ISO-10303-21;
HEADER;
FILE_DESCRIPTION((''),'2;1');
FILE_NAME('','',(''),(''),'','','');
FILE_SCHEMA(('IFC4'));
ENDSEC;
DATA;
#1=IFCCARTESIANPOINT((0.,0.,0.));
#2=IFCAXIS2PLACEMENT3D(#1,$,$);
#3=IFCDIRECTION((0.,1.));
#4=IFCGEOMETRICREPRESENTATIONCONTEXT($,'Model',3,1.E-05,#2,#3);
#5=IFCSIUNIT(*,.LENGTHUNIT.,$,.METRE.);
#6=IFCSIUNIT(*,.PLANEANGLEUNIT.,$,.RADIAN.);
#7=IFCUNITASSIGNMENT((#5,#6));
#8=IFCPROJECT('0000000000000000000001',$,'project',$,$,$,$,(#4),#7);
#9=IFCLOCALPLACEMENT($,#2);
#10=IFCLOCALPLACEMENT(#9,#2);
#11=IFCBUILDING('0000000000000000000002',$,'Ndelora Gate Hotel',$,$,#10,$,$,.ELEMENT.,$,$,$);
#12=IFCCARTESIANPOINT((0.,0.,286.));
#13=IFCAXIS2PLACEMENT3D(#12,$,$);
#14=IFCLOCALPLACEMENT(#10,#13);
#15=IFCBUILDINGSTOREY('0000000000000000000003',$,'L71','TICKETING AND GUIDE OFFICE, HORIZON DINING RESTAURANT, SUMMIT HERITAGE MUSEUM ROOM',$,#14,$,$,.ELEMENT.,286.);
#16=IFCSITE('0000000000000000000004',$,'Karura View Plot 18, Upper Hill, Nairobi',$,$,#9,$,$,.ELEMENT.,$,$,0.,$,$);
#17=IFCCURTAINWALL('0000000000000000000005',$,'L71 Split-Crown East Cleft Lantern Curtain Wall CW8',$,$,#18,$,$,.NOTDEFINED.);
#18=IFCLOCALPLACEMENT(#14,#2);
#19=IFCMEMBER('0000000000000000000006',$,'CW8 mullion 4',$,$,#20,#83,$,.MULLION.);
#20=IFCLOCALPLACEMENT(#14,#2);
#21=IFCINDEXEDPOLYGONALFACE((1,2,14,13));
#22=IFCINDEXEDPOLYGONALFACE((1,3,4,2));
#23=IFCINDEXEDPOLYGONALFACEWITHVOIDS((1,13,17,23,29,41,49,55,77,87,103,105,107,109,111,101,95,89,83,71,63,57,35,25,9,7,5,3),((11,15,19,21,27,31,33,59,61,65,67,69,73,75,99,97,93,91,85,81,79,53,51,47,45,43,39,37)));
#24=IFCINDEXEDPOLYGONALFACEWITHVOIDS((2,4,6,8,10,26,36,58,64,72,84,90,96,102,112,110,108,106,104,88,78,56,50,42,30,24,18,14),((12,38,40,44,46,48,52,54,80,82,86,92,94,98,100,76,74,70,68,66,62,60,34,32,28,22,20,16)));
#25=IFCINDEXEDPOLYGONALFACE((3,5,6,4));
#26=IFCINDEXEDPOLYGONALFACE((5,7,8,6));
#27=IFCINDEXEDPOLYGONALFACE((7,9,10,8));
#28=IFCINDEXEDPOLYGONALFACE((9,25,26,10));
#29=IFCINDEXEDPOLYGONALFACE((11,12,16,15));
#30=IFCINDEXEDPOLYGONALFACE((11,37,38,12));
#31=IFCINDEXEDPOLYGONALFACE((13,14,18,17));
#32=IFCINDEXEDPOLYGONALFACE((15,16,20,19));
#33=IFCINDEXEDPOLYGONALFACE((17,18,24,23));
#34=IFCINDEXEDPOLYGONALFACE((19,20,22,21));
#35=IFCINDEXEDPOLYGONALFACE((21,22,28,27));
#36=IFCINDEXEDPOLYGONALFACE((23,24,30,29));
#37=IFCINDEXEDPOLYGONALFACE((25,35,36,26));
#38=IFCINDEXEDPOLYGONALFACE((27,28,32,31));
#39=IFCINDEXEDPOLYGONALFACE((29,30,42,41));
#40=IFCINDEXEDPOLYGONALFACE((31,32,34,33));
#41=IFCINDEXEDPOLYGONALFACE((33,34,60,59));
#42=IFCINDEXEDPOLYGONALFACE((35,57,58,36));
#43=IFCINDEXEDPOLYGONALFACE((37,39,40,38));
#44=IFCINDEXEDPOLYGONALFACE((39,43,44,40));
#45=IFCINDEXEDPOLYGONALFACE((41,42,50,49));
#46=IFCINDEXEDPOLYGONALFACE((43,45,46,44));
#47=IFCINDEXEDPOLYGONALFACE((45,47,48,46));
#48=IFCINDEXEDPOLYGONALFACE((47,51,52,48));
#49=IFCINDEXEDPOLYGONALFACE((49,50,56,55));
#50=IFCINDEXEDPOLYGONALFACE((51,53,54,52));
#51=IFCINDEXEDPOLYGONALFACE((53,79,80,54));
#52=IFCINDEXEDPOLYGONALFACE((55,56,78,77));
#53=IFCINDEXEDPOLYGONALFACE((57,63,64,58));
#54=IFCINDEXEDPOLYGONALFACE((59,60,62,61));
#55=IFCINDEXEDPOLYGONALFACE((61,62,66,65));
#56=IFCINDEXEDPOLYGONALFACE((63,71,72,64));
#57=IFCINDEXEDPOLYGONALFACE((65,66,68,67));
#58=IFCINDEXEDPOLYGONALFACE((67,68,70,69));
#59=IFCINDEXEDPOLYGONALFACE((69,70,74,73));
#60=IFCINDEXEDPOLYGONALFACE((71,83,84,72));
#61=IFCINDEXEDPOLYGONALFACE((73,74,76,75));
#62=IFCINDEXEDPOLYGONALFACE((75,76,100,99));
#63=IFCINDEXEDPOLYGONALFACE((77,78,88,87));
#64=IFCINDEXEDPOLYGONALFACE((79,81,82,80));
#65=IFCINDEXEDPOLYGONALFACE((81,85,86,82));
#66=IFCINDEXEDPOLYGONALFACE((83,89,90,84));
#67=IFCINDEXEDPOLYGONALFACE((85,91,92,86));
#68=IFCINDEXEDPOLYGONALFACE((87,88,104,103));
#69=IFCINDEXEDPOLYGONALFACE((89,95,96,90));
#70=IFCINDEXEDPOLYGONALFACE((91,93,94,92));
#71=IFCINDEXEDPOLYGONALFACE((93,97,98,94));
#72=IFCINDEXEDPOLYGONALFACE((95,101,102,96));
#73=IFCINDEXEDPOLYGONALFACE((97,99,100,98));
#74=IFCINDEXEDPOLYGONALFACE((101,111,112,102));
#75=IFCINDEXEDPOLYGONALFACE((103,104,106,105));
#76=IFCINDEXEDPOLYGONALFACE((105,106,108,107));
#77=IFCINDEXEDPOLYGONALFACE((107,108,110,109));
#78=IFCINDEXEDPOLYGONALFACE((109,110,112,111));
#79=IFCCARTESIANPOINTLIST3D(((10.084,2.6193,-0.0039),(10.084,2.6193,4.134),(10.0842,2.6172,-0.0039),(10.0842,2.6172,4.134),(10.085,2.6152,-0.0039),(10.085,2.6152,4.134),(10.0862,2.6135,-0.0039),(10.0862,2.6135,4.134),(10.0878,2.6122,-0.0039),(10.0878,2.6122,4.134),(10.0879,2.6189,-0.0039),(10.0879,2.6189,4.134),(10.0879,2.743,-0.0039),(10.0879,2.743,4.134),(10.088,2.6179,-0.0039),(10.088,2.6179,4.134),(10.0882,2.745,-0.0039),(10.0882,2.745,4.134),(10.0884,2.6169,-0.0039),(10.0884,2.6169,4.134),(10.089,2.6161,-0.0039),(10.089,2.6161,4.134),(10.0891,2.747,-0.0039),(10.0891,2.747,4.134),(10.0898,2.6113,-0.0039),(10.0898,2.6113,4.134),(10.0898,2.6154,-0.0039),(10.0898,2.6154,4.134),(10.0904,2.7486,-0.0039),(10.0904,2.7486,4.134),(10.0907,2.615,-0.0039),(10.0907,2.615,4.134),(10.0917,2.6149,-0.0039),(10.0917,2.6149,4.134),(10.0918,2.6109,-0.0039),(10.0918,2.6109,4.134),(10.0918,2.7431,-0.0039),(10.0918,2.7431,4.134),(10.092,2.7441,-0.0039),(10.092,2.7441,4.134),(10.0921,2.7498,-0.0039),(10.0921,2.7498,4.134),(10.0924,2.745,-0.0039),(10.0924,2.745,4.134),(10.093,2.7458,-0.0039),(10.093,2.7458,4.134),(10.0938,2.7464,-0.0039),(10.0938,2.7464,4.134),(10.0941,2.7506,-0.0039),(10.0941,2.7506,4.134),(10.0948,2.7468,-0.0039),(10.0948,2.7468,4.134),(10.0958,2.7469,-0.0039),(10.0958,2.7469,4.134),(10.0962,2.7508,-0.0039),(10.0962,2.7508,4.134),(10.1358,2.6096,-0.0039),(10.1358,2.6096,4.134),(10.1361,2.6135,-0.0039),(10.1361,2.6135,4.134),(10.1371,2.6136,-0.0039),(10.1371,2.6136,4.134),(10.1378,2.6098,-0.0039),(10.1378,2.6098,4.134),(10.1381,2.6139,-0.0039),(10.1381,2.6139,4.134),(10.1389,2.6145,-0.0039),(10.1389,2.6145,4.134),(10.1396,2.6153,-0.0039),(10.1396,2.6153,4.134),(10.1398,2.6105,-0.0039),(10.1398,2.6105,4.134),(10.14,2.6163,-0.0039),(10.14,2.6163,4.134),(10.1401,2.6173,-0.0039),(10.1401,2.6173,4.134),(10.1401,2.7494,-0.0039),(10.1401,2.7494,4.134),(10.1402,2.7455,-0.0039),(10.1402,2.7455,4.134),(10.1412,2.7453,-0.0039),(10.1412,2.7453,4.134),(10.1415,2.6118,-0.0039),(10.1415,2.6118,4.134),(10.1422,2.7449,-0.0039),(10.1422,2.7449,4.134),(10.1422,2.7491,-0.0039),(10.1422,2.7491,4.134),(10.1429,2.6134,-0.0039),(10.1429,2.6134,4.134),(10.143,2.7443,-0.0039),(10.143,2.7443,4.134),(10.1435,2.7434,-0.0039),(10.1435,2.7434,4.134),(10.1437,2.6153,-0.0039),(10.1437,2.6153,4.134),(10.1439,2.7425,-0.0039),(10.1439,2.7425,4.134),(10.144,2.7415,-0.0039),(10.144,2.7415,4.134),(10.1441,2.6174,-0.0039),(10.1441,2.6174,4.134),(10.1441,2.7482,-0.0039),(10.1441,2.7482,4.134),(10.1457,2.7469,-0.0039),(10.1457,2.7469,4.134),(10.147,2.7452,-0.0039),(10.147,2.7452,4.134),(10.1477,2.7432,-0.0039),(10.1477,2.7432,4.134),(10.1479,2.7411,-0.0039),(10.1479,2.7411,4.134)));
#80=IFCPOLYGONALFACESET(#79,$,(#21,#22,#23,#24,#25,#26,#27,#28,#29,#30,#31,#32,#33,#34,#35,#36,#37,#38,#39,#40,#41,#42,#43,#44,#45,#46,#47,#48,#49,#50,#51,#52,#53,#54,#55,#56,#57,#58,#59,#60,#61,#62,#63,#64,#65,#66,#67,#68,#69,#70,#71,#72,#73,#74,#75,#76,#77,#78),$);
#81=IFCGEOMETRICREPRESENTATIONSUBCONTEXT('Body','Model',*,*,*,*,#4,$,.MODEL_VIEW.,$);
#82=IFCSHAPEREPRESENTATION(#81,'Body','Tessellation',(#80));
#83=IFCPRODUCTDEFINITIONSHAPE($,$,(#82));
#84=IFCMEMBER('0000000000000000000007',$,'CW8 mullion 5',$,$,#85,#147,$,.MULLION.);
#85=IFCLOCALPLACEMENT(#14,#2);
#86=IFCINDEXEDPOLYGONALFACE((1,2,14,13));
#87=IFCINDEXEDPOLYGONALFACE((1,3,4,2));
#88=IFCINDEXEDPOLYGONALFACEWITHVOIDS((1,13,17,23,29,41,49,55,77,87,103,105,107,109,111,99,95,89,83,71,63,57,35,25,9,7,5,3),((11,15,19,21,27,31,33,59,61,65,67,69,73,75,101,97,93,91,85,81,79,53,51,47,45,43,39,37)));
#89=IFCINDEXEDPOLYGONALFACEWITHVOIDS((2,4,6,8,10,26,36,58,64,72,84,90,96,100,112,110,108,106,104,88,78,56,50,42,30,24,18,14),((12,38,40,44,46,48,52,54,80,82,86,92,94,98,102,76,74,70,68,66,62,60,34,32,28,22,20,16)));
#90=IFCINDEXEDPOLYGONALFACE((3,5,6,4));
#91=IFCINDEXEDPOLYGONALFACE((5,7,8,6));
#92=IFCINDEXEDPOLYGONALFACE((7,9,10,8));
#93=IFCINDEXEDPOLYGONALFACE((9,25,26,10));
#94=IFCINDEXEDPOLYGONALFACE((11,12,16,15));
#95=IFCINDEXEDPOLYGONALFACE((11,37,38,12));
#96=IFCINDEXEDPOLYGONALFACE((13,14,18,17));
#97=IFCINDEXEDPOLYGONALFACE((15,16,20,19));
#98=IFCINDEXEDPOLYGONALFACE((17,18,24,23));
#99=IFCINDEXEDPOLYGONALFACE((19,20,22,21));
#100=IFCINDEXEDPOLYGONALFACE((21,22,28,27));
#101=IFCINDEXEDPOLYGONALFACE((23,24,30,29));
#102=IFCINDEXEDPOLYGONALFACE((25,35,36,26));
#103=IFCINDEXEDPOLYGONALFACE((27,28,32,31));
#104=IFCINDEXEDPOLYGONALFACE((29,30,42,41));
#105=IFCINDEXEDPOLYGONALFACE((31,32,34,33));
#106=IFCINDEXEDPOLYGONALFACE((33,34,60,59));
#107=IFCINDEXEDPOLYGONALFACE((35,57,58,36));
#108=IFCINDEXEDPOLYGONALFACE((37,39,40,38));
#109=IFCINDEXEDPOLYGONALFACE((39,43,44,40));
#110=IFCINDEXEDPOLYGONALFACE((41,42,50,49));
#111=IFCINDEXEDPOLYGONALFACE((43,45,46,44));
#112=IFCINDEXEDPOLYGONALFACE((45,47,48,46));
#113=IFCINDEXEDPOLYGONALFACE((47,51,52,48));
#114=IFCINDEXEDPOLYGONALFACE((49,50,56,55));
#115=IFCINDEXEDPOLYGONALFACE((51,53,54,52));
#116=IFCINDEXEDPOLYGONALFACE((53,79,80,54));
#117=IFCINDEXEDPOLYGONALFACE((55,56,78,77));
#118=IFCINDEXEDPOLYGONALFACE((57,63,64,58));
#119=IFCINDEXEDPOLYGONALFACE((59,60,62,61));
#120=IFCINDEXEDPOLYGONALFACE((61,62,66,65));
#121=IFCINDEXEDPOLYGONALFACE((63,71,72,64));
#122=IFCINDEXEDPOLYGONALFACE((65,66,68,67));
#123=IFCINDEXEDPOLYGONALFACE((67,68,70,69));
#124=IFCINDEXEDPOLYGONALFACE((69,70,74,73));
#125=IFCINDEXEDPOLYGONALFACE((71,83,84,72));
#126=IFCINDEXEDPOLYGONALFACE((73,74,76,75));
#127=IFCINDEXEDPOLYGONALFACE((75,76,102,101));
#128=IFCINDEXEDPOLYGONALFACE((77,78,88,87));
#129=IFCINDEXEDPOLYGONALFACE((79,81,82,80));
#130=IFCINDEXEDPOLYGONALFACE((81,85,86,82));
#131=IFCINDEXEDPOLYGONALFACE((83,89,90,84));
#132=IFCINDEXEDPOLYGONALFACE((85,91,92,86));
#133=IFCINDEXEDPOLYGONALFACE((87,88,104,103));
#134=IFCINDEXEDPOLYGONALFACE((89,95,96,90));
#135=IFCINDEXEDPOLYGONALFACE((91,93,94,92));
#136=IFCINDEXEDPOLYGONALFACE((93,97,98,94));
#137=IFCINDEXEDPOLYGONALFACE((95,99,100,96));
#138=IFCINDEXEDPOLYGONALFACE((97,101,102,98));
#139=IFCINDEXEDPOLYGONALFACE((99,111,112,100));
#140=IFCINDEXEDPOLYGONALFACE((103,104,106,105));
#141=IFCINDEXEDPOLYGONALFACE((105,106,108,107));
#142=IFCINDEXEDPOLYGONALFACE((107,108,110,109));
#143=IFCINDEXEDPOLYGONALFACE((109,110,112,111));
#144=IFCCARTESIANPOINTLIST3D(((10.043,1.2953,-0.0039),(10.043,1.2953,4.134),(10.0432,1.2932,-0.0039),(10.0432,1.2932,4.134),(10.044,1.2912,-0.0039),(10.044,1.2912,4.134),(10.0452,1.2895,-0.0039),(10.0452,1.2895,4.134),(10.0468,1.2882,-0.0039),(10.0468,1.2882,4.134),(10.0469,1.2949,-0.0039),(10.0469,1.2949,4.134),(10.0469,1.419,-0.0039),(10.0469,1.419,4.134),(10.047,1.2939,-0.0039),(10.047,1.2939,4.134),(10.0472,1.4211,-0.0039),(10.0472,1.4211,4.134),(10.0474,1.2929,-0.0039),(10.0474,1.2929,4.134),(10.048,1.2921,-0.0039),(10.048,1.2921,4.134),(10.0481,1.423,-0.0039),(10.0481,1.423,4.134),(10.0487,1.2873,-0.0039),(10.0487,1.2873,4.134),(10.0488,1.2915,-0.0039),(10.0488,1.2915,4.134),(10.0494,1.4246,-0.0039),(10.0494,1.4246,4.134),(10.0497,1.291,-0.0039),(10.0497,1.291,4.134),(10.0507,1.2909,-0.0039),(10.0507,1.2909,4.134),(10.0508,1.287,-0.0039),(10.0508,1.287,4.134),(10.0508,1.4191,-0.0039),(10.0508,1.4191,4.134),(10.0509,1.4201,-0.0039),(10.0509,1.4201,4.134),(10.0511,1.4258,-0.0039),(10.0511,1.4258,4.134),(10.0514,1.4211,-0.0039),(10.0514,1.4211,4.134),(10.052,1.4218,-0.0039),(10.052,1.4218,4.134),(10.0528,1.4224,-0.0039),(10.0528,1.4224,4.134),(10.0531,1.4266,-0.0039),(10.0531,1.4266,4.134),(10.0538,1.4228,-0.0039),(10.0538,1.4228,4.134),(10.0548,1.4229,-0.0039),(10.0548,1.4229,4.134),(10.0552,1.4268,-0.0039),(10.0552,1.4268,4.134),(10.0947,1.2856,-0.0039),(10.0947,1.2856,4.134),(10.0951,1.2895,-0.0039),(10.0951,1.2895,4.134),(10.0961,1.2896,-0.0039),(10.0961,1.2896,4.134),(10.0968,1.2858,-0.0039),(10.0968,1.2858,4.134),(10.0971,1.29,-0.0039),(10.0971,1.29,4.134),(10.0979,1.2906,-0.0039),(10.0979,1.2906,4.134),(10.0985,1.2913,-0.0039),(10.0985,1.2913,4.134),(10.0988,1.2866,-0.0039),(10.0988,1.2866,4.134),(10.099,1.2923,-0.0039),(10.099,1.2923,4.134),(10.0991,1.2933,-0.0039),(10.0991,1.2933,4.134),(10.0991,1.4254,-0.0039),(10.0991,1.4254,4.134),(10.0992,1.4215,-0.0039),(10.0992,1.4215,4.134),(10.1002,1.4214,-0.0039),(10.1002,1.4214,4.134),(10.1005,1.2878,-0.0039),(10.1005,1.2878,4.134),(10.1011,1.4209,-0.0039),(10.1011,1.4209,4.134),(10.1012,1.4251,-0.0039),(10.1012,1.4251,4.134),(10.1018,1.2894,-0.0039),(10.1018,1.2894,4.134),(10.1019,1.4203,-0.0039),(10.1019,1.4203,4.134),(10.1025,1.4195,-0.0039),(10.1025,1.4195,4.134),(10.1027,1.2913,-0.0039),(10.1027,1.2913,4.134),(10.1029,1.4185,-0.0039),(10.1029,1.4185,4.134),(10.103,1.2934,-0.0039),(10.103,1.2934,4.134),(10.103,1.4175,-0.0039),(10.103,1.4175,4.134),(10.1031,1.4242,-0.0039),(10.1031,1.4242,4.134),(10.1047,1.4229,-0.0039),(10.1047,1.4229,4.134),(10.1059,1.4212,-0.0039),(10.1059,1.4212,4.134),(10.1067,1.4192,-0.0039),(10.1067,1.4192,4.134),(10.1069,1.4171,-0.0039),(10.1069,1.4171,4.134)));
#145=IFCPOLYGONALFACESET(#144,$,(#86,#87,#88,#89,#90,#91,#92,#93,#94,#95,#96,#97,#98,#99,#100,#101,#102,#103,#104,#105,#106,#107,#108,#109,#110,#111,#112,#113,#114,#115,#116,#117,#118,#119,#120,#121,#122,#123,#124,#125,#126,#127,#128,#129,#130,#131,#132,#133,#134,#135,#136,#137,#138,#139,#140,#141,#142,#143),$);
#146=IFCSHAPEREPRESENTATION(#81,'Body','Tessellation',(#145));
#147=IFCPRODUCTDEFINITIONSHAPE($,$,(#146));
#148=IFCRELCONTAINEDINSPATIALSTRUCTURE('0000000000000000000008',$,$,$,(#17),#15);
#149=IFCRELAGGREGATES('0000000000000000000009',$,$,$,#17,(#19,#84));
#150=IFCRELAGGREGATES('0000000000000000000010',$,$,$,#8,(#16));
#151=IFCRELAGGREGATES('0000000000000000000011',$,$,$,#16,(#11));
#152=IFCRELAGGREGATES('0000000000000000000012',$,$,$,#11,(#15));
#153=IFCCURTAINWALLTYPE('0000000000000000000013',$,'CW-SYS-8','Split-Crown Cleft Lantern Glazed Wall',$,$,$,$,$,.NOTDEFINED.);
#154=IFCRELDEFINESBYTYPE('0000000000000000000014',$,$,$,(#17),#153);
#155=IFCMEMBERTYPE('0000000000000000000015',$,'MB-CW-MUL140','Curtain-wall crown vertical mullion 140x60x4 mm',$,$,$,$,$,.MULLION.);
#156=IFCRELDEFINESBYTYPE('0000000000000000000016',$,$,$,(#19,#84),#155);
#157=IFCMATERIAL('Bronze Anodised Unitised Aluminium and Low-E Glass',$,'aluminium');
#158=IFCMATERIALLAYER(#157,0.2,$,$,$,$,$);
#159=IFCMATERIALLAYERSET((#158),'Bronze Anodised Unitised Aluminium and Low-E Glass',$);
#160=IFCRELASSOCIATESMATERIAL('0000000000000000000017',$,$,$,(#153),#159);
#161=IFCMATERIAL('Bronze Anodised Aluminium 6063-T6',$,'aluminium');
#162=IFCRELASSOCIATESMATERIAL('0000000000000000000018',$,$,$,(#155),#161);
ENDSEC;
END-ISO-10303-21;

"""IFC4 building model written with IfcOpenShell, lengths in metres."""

from ifc_helpers import new_model, si_unit, direction, frame, origin, origin_2d, place, context, subcontext, project, spatial, hollow_rectangle, extrude, material, layer, layer_set, material_profile, profile_set, type_object, element, aggregate, save


model = new_model("IFC4")

# Units and contexts
model_context = context("Model", 3, precision=1e-05, world=origin(), true_north=direction((0.0, 1.0)))
body_context = subcontext(model_context, "Body", "Model", "MODEL_VIEW")
ifc_project = project(units=[si_unit("LENGTHUNIT", "METRE"), si_unit("PLANEANGLEUNIT", "RADIAN")], contexts=[model_context])

# Site, building, storey
site_placement = place(None, origin())
site = spatial("IfcSite", under=ifc_project, at=site_placement, Name="Karura View Plot 18, Upper Hill, Nairobi", CompositionType="ELEMENT", RefElevation=0.0)
building_placement = place(site_placement, origin())
building = spatial("IfcBuilding", under=site, at=building_placement, Name="Ndelora Gate Hotel", CompositionType="ELEMENT")
storey_placement = place(building_placement, frame((0.0, 0.0, 286.0)))
storey = spatial("IfcBuildingStorey", under=building, at=storey_placement, Name="L71", Description="TICKETING AND GUIDE OFFICE, HORIZON DINING RESTAURANT, SUMMIT HERITAGE MUSEUM ROOM", CompositionType="ELEMENT", Elevation=286.0)

# Curtain wall, members
ifc_material_1 = material(Name="Bronze Anodised Unitised Aluminium and Low-E Glass", Category="aluminium")
ifc_layer_1 = layer(ifc_material_1, 0.2)
ifc_layer_set_1 = layer_set([ifc_layer_1], Name="Bronze Anodised Unitised Aluminium and Low-E Glass")
curtain_wall_type = type_object("IfcCurtainWallType", Name="CW-SYS-8", Description="Split-Crown Cleft Lantern Glazed Wall", PredefinedType="NOTDEFINED", material=ifc_layer_set_1)
curtain_wall_placement = place(storey_placement, origin())
curtain_wall = element("IfcCurtainWall", 1, at=curtain_wall_placement, inside=storey, type_object=curtain_wall_type, Name="L71 Split-Crown East Cleft Lantern Curtain Wall CW8", PredefinedType="NOTDEFINED")
ifc_material_2 = material(Name="Bronze Anodised Aluminium 6063-T6", Category="aluminium")
ifc_material_profile_1 = material_profile(ifc_material_2, hollow_rectangle(XDim=0.0601, YDim=0.1399, WallThickness=0.0039, InnerFilletRadius=0.0039, OuterFilletRadius=0.0081, at=origin_2d()), Name="ALU 140x60x4")
ifc_profile_set_1 = profile_set([ifc_material_profile_1], Name="Bronze Anodised Aluminium 6063-T6")
member_type_1 = type_object("IfcMemberType", Name="MB-CW-MUL140", Description="Curtain-wall crown vertical mullion 140x60x4 mm", PredefinedType="MULLION", material=ifc_profile_set_1)
member_1_placement = place(storey_placement, frame((10.116, 2.6802, -0.0039), z_axis=(0.0, 0.0, 1.0), x_axis=(0.999515, -0.031131, 0.0)))
member_1 = element("IfcMember", 2, at=member_1_placement, type_object=member_type_1, Name="CW8 mullion 4", PredefinedType="MULLION", context=body_context, shape_type="SweptSolid", body=[
    extrude(hollow_rectangle(XDim=0.0601, YDim=0.1399, WallThickness=0.0039, InnerFilletRadius=0.0039, OuterFilletRadius=0.0081, at=origin_2d()), origin(), (0.0, 0.0, 1.0), 4.1379),
])
member_2_placement = place(storey_placement, frame((10.075, 1.3562, -0.0039), z_axis=(0.0, 0.0, 1.0), x_axis=(0.999515, -0.031131, 0.0)))
member_2 = element("IfcMember", 3, at=member_2_placement, type_object=member_type_1, Name="CW8 mullion 5", PredefinedType="MULLION", context=body_context, shape_type="SweptSolid", body=[
    extrude(hollow_rectangle(XDim=0.0601, YDim=0.1399, WallThickness=0.0039, InnerFilletRadius=0.0039, OuterFilletRadius=0.0081, at=origin_2d()), origin(), (0.0, 0.0, 1.0), 4.1379),
])
aggregate(curtain_wall, [member_1, member_2])

save(model, "model.ifc")
